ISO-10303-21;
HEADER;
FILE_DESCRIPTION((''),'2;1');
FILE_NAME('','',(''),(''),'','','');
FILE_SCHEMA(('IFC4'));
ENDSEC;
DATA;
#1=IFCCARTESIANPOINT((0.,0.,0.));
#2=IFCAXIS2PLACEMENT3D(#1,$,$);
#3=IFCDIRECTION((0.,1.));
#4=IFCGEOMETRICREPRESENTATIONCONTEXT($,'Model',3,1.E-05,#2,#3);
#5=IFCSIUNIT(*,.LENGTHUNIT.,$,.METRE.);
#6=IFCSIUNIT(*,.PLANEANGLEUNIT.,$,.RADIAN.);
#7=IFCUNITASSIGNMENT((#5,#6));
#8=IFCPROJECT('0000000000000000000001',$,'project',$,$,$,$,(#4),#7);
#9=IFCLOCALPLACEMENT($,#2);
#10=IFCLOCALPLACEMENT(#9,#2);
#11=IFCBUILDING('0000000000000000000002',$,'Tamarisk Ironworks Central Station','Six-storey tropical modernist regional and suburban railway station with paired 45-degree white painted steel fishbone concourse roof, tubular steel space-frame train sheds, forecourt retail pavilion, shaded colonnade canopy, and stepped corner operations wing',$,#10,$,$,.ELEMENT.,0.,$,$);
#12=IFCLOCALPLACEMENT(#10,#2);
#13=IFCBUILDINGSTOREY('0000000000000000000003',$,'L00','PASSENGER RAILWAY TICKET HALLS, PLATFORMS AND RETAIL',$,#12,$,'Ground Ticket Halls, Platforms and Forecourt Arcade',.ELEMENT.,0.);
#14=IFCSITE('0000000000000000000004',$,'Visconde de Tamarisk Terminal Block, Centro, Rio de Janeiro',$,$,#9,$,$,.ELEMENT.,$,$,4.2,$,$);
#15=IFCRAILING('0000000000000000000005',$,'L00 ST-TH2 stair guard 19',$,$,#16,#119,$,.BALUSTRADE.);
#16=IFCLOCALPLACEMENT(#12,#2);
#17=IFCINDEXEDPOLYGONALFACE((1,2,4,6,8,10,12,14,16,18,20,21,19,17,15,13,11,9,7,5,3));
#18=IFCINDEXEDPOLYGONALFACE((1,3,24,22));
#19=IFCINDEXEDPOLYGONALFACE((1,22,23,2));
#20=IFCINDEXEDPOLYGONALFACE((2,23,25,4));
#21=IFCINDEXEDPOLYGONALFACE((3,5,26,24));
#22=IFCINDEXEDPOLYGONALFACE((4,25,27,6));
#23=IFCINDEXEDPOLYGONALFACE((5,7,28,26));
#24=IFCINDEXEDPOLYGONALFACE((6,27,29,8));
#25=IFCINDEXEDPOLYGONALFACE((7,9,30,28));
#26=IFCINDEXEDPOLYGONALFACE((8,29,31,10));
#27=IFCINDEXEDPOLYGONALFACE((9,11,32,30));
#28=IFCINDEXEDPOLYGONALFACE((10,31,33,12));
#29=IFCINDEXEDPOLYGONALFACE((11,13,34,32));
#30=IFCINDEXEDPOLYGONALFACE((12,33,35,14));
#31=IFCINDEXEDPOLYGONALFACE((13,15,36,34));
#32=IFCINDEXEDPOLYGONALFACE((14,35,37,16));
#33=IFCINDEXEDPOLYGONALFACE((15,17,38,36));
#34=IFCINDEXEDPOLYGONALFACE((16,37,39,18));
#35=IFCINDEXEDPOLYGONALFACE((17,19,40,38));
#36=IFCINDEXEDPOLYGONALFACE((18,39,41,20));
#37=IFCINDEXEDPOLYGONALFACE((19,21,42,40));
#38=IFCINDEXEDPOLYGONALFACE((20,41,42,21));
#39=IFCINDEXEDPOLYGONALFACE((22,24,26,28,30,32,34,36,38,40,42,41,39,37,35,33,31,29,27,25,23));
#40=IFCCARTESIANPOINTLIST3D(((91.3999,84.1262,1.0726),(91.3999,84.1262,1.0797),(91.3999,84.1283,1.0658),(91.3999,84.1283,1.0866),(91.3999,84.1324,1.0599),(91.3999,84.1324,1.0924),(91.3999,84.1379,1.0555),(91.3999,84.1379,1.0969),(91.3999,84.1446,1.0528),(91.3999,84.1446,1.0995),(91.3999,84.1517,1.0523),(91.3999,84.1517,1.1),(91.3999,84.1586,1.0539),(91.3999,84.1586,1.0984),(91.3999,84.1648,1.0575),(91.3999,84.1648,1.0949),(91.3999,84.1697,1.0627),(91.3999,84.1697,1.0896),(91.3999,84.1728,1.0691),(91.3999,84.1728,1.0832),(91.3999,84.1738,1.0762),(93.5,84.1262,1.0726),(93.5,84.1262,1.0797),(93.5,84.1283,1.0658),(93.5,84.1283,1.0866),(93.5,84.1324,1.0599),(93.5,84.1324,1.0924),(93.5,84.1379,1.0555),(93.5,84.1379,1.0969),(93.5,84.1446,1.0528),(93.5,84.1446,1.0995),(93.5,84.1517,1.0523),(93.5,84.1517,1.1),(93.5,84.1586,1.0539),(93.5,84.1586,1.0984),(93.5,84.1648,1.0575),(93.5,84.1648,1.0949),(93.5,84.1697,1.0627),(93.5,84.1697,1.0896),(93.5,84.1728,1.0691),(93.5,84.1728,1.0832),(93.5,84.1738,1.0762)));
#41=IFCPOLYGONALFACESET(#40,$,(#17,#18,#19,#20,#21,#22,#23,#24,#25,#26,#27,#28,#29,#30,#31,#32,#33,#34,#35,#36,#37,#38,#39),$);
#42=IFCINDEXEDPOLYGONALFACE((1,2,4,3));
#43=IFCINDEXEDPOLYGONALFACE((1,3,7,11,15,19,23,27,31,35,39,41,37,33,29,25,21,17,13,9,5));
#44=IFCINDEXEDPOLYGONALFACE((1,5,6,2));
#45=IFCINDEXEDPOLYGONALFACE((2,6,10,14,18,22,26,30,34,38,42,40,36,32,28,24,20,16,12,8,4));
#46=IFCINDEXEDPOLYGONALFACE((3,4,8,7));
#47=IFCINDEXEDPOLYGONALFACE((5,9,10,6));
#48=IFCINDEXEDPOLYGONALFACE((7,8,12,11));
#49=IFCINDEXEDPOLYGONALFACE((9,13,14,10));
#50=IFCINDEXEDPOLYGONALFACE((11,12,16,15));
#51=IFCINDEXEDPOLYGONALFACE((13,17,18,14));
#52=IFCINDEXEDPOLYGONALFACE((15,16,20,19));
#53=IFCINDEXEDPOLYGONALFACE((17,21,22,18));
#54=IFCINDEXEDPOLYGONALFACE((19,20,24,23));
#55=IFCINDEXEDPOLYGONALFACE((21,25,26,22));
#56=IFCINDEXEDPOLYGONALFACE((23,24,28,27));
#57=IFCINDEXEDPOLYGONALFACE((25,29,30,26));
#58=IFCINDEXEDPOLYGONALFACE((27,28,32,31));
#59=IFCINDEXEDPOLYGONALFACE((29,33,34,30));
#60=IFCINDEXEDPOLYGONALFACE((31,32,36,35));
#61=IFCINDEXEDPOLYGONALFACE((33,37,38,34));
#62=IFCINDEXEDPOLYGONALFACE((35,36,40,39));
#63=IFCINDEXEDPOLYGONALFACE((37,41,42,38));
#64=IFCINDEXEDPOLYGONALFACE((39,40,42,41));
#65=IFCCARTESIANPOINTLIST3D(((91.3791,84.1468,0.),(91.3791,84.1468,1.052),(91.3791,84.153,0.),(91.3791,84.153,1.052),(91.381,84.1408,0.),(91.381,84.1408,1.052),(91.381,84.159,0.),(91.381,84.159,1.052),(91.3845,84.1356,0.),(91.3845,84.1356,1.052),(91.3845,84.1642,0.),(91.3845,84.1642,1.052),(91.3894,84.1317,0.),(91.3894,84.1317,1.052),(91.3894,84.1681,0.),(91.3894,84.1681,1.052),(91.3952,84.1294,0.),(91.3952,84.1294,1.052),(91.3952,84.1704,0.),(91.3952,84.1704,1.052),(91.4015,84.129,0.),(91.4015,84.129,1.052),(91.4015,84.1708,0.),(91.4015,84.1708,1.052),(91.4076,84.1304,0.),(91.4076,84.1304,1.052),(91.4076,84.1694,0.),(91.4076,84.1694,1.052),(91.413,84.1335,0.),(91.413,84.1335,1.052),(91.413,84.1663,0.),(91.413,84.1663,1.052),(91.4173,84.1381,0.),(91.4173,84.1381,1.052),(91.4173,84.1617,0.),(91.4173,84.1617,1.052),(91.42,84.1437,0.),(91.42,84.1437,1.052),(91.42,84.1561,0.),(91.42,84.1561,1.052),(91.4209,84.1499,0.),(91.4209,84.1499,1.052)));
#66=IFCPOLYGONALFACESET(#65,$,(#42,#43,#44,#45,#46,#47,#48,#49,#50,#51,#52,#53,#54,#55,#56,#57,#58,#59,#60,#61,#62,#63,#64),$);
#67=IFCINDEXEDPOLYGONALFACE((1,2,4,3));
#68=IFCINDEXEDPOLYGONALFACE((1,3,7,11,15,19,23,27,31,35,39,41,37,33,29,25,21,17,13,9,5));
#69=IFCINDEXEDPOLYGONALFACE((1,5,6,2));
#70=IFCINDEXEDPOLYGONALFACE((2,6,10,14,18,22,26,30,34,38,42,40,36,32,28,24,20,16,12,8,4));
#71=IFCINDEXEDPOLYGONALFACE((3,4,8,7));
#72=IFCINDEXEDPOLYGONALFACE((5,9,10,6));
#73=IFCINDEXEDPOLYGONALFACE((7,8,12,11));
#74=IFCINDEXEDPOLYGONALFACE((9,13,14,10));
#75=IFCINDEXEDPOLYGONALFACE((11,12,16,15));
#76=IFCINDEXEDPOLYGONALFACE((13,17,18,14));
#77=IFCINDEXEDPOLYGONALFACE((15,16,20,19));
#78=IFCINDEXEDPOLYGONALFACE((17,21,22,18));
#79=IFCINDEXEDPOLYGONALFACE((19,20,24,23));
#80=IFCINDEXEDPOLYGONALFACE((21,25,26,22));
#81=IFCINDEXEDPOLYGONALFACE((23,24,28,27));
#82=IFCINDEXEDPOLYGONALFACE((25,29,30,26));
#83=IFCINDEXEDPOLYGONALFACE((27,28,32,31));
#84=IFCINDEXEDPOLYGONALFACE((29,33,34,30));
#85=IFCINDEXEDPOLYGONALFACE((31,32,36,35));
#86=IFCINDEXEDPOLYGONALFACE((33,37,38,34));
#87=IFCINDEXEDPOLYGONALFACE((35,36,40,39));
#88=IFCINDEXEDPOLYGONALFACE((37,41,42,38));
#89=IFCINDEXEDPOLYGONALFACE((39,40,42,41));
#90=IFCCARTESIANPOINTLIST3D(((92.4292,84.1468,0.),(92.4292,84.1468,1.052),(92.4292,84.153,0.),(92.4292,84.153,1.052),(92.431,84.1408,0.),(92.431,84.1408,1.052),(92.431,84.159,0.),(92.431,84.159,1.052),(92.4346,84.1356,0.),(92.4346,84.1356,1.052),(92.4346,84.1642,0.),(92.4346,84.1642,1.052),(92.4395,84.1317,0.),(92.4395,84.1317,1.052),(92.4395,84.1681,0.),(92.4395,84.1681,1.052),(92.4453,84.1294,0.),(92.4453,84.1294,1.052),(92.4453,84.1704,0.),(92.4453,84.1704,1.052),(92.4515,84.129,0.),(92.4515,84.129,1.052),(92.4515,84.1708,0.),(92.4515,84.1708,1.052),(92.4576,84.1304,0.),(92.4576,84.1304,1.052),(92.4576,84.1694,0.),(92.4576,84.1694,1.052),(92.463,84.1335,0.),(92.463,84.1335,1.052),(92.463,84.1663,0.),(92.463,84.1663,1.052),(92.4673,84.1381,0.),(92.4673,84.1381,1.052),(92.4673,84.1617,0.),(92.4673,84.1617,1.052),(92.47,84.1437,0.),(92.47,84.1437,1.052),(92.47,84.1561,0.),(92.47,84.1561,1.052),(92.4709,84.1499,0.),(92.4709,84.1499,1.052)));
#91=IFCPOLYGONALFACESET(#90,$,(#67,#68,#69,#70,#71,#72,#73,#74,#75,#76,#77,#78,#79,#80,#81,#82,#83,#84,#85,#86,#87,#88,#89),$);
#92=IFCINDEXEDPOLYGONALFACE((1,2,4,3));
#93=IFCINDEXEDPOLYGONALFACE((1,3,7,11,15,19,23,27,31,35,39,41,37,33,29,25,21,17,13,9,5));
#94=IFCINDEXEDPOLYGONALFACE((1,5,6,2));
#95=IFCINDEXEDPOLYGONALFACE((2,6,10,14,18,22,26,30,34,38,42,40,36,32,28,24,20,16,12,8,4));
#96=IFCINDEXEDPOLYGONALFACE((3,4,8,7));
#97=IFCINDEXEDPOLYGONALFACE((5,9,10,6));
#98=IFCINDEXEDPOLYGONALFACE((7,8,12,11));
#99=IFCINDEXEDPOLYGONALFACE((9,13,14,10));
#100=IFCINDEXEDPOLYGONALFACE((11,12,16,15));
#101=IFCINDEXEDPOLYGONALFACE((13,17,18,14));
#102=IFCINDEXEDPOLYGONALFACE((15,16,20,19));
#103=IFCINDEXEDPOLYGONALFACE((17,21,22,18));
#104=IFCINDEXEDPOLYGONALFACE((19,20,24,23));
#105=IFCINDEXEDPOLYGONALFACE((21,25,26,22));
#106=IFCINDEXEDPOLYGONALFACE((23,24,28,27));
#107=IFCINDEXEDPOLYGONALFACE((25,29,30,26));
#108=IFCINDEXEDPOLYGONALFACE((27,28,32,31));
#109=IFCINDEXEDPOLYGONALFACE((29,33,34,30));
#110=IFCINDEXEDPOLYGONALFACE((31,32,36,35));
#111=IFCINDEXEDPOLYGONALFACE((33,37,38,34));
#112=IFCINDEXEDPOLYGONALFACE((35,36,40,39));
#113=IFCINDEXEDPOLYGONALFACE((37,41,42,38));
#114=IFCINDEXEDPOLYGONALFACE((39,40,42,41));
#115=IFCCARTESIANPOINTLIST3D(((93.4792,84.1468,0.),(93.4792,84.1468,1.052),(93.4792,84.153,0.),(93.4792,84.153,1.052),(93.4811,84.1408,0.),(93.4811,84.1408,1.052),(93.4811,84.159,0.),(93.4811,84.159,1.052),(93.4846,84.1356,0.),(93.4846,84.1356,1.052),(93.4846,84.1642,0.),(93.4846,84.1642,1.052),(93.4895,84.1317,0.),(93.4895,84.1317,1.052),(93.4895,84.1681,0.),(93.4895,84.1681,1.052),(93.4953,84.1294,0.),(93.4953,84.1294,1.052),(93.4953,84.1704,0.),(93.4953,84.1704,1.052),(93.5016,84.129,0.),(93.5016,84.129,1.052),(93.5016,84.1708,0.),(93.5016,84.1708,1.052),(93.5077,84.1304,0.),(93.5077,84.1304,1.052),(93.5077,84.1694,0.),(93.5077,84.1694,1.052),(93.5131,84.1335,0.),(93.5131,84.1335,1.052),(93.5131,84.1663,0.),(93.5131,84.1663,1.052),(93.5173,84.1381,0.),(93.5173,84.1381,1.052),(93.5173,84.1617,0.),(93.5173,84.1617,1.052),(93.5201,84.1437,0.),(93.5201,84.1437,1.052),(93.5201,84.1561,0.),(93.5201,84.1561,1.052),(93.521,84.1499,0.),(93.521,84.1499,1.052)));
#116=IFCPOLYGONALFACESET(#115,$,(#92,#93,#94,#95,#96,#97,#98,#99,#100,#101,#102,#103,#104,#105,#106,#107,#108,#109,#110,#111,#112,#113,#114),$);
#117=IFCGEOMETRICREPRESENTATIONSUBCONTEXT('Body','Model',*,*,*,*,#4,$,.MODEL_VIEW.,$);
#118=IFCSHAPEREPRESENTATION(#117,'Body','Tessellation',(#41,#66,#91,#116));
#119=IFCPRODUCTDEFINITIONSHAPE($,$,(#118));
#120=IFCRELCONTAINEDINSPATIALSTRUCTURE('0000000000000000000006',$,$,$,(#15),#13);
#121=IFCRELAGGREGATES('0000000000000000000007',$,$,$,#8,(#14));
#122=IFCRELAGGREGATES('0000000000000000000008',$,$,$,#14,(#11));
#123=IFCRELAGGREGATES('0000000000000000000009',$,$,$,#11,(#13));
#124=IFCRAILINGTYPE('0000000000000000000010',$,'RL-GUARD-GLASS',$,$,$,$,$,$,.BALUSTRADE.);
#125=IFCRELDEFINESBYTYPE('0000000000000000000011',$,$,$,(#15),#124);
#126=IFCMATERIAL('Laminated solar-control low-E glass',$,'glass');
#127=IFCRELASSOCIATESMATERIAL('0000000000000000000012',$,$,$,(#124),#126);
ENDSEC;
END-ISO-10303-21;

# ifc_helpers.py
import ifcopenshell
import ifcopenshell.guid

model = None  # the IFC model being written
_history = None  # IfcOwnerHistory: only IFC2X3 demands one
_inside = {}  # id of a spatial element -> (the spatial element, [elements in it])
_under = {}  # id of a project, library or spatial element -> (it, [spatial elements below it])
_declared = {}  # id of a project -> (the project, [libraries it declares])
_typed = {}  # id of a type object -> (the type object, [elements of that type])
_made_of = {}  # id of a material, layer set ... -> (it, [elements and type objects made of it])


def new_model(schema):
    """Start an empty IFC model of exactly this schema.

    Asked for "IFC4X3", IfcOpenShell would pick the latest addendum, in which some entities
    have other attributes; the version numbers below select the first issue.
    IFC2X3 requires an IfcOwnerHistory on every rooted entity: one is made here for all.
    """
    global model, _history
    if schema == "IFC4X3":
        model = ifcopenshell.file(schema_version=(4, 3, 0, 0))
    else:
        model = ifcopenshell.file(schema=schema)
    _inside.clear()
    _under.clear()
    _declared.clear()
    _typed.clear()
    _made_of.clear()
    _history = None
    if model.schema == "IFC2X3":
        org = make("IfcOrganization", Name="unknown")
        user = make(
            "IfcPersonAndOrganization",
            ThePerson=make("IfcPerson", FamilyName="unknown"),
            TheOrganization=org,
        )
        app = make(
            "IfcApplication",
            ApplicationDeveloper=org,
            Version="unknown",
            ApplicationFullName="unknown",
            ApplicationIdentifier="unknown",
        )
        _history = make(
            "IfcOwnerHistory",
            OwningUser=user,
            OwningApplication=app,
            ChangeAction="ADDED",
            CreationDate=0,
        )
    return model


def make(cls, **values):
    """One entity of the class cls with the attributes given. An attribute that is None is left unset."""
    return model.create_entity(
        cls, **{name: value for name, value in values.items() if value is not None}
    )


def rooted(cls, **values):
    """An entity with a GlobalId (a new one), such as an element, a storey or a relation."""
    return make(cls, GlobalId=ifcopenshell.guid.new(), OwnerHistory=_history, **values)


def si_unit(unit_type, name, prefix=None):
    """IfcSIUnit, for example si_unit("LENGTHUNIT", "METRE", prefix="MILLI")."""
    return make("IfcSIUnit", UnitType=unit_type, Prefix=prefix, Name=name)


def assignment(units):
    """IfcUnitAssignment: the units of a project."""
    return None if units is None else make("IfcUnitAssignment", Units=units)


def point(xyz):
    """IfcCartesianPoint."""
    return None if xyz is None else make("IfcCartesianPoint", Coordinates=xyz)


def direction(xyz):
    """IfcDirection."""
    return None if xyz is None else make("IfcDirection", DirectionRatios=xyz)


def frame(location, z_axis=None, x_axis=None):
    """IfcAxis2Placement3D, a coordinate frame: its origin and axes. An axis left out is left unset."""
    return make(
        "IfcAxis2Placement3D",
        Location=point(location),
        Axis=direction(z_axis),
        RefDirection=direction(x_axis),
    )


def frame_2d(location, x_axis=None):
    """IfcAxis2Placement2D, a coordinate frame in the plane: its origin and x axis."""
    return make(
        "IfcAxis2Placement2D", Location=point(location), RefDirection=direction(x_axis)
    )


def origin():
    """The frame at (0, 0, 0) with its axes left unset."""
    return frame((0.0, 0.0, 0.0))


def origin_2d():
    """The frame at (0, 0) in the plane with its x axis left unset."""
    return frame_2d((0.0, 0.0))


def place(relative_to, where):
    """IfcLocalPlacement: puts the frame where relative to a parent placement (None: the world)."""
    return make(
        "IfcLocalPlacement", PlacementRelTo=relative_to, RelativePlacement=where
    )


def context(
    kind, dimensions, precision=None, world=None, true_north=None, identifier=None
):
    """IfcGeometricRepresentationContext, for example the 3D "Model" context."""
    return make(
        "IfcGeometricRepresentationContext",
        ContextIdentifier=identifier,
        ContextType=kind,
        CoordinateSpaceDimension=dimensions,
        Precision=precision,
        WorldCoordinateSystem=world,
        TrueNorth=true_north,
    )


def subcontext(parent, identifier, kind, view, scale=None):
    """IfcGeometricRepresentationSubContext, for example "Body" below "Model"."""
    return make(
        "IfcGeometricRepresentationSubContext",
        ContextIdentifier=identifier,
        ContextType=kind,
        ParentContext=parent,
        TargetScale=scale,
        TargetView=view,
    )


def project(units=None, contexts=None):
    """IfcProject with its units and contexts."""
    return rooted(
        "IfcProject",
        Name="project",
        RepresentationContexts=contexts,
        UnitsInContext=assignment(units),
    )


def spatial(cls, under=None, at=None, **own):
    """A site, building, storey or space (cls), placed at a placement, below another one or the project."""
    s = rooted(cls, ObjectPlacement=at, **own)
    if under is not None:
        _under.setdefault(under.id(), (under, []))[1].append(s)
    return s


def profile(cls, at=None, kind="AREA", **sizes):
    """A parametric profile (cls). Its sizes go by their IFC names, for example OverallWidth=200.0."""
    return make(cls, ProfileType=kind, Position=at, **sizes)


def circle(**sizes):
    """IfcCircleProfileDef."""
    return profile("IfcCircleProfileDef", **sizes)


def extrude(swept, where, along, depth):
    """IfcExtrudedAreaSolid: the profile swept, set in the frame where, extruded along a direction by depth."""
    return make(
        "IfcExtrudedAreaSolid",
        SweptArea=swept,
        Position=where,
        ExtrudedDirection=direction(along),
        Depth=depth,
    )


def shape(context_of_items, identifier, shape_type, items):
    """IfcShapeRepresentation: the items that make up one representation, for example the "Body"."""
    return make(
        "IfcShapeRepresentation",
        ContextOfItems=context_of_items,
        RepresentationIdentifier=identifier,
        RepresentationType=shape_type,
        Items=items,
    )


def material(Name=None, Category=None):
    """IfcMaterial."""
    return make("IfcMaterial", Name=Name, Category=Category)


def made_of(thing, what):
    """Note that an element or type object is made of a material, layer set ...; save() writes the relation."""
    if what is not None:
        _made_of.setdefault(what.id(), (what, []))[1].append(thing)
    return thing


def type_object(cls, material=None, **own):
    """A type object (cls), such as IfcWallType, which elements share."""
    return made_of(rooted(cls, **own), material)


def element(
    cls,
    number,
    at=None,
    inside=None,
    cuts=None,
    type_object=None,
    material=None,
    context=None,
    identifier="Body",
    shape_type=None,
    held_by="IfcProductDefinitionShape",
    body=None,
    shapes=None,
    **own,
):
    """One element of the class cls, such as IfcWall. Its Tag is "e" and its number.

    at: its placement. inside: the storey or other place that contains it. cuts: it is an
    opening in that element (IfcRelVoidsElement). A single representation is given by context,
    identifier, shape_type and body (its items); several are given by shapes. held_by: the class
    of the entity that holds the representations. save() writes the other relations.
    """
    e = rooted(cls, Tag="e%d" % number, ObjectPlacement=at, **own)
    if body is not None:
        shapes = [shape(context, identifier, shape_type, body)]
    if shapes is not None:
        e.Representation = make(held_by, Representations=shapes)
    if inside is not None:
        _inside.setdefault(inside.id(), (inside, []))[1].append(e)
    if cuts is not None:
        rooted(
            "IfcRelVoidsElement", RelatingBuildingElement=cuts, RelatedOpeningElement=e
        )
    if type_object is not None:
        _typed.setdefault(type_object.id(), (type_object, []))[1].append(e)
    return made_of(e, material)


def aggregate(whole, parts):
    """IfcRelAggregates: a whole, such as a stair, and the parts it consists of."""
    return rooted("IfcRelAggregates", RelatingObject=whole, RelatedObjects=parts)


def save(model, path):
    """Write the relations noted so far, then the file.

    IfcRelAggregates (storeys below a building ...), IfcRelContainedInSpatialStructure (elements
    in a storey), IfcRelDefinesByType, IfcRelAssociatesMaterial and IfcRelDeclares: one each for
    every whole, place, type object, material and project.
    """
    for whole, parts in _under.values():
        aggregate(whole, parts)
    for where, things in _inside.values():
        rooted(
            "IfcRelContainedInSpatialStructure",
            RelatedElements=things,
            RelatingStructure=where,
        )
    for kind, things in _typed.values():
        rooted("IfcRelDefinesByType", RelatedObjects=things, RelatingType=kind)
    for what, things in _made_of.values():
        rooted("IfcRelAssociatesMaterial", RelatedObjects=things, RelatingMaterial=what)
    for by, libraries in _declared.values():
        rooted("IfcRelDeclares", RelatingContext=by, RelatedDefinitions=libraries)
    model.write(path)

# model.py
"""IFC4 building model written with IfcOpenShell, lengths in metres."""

from ifc_helpers import new_model, si_unit, direction, frame, origin, origin_2d, place, context, subcontext, project, spatial, circle, extrude, material, type_object, element, save


model = new_model("IFC4")

# Units and contexts
model_context = context("Model", 3, precision=1e-05, world=origin(), true_north=direction((0.0, 1.0)))
body_context = subcontext(model_context, "Body", "Model", "MODEL_VIEW")
ifc_project = project(units=[si_unit("LENGTHUNIT", "METRE"), si_unit("PLANEANGLEUNIT", "RADIAN")], contexts=[model_context])

# Site, building, storey
site_placement = place(None, origin())
site = spatial("IfcSite", under=ifc_project, at=site_placement, Name="Visconde de Tamarisk Terminal Block, Centro, Rio de Janeiro", CompositionType="ELEMENT", RefElevation=4.2)
building_placement = place(site_placement, origin())
building = spatial("IfcBuilding", under=site, at=building_placement, Name="Tamarisk Ironworks Central Station", Description="Six-storey tropical modernist regional and suburban railway station with paired 45-degree white painted steel fishbone concourse roof, tubular steel space-frame train sheds, forecourt retail pavilion, shaded colonnade canopy, and stepped corner operations wing", CompositionType="ELEMENT", ElevationOfRefHeight=0.0)
storey_placement = place(building_placement, origin())
storey = spatial("IfcBuildingStorey", under=building, at=storey_placement, Name="L00", Description="PASSENGER RAILWAY TICKET HALLS, PLATFORMS AND RETAIL", LongName="Ground Ticket Halls, Platforms and Forecourt Arcade", CompositionType="ELEMENT", Elevation=0.0)

# Railing
ifc_material_1 = material(Name="Laminated solar-control low-E glass", Category="glass")
railing_type_1 = type_object("IfcRailingType", Name="RL-GUARD-GLASS", PredefinedType="BALUSTRADE", material=ifc_material_1)
for number, where, name in (
    (1, (91.3999, 84.1499, 0.0), "L00 ST-TH2 stair guard 19"),
):
    element("IfcRailing", number, at=place(storey_placement, frame(where)), inside=storey, type_object=railing_type_1, Name=name, PredefinedType="BALUSTRADE", context=body_context, shape_type="SweptSolid", body=[
        extrude(circle(Radius=0.0239, at=origin_2d()), frame((0.0, 0.0, 1.0762), z_axis=(1.0, 0.0, 0.0), x_axis=(0.0, 1.0, 0.0)), (0.0, 0.0, 1.0), 2.1001),
        extrude(circle(Radius=0.021, at=origin_2d()), origin(), (0.0, 0.0, 1.0), 1.052),
        extrude(circle(Radius=0.021, at=origin_2d()), frame((1.05, 0.0, 0.0)), (0.0, 0.0, 1.0), 1.052),
        extrude(circle(Radius=0.021, at=origin_2d()), frame((2.1001, 0.0, 0.0)), (0.0, 0.0, 1.0), 1.052),
    ])

save(model, "model.ifc")
